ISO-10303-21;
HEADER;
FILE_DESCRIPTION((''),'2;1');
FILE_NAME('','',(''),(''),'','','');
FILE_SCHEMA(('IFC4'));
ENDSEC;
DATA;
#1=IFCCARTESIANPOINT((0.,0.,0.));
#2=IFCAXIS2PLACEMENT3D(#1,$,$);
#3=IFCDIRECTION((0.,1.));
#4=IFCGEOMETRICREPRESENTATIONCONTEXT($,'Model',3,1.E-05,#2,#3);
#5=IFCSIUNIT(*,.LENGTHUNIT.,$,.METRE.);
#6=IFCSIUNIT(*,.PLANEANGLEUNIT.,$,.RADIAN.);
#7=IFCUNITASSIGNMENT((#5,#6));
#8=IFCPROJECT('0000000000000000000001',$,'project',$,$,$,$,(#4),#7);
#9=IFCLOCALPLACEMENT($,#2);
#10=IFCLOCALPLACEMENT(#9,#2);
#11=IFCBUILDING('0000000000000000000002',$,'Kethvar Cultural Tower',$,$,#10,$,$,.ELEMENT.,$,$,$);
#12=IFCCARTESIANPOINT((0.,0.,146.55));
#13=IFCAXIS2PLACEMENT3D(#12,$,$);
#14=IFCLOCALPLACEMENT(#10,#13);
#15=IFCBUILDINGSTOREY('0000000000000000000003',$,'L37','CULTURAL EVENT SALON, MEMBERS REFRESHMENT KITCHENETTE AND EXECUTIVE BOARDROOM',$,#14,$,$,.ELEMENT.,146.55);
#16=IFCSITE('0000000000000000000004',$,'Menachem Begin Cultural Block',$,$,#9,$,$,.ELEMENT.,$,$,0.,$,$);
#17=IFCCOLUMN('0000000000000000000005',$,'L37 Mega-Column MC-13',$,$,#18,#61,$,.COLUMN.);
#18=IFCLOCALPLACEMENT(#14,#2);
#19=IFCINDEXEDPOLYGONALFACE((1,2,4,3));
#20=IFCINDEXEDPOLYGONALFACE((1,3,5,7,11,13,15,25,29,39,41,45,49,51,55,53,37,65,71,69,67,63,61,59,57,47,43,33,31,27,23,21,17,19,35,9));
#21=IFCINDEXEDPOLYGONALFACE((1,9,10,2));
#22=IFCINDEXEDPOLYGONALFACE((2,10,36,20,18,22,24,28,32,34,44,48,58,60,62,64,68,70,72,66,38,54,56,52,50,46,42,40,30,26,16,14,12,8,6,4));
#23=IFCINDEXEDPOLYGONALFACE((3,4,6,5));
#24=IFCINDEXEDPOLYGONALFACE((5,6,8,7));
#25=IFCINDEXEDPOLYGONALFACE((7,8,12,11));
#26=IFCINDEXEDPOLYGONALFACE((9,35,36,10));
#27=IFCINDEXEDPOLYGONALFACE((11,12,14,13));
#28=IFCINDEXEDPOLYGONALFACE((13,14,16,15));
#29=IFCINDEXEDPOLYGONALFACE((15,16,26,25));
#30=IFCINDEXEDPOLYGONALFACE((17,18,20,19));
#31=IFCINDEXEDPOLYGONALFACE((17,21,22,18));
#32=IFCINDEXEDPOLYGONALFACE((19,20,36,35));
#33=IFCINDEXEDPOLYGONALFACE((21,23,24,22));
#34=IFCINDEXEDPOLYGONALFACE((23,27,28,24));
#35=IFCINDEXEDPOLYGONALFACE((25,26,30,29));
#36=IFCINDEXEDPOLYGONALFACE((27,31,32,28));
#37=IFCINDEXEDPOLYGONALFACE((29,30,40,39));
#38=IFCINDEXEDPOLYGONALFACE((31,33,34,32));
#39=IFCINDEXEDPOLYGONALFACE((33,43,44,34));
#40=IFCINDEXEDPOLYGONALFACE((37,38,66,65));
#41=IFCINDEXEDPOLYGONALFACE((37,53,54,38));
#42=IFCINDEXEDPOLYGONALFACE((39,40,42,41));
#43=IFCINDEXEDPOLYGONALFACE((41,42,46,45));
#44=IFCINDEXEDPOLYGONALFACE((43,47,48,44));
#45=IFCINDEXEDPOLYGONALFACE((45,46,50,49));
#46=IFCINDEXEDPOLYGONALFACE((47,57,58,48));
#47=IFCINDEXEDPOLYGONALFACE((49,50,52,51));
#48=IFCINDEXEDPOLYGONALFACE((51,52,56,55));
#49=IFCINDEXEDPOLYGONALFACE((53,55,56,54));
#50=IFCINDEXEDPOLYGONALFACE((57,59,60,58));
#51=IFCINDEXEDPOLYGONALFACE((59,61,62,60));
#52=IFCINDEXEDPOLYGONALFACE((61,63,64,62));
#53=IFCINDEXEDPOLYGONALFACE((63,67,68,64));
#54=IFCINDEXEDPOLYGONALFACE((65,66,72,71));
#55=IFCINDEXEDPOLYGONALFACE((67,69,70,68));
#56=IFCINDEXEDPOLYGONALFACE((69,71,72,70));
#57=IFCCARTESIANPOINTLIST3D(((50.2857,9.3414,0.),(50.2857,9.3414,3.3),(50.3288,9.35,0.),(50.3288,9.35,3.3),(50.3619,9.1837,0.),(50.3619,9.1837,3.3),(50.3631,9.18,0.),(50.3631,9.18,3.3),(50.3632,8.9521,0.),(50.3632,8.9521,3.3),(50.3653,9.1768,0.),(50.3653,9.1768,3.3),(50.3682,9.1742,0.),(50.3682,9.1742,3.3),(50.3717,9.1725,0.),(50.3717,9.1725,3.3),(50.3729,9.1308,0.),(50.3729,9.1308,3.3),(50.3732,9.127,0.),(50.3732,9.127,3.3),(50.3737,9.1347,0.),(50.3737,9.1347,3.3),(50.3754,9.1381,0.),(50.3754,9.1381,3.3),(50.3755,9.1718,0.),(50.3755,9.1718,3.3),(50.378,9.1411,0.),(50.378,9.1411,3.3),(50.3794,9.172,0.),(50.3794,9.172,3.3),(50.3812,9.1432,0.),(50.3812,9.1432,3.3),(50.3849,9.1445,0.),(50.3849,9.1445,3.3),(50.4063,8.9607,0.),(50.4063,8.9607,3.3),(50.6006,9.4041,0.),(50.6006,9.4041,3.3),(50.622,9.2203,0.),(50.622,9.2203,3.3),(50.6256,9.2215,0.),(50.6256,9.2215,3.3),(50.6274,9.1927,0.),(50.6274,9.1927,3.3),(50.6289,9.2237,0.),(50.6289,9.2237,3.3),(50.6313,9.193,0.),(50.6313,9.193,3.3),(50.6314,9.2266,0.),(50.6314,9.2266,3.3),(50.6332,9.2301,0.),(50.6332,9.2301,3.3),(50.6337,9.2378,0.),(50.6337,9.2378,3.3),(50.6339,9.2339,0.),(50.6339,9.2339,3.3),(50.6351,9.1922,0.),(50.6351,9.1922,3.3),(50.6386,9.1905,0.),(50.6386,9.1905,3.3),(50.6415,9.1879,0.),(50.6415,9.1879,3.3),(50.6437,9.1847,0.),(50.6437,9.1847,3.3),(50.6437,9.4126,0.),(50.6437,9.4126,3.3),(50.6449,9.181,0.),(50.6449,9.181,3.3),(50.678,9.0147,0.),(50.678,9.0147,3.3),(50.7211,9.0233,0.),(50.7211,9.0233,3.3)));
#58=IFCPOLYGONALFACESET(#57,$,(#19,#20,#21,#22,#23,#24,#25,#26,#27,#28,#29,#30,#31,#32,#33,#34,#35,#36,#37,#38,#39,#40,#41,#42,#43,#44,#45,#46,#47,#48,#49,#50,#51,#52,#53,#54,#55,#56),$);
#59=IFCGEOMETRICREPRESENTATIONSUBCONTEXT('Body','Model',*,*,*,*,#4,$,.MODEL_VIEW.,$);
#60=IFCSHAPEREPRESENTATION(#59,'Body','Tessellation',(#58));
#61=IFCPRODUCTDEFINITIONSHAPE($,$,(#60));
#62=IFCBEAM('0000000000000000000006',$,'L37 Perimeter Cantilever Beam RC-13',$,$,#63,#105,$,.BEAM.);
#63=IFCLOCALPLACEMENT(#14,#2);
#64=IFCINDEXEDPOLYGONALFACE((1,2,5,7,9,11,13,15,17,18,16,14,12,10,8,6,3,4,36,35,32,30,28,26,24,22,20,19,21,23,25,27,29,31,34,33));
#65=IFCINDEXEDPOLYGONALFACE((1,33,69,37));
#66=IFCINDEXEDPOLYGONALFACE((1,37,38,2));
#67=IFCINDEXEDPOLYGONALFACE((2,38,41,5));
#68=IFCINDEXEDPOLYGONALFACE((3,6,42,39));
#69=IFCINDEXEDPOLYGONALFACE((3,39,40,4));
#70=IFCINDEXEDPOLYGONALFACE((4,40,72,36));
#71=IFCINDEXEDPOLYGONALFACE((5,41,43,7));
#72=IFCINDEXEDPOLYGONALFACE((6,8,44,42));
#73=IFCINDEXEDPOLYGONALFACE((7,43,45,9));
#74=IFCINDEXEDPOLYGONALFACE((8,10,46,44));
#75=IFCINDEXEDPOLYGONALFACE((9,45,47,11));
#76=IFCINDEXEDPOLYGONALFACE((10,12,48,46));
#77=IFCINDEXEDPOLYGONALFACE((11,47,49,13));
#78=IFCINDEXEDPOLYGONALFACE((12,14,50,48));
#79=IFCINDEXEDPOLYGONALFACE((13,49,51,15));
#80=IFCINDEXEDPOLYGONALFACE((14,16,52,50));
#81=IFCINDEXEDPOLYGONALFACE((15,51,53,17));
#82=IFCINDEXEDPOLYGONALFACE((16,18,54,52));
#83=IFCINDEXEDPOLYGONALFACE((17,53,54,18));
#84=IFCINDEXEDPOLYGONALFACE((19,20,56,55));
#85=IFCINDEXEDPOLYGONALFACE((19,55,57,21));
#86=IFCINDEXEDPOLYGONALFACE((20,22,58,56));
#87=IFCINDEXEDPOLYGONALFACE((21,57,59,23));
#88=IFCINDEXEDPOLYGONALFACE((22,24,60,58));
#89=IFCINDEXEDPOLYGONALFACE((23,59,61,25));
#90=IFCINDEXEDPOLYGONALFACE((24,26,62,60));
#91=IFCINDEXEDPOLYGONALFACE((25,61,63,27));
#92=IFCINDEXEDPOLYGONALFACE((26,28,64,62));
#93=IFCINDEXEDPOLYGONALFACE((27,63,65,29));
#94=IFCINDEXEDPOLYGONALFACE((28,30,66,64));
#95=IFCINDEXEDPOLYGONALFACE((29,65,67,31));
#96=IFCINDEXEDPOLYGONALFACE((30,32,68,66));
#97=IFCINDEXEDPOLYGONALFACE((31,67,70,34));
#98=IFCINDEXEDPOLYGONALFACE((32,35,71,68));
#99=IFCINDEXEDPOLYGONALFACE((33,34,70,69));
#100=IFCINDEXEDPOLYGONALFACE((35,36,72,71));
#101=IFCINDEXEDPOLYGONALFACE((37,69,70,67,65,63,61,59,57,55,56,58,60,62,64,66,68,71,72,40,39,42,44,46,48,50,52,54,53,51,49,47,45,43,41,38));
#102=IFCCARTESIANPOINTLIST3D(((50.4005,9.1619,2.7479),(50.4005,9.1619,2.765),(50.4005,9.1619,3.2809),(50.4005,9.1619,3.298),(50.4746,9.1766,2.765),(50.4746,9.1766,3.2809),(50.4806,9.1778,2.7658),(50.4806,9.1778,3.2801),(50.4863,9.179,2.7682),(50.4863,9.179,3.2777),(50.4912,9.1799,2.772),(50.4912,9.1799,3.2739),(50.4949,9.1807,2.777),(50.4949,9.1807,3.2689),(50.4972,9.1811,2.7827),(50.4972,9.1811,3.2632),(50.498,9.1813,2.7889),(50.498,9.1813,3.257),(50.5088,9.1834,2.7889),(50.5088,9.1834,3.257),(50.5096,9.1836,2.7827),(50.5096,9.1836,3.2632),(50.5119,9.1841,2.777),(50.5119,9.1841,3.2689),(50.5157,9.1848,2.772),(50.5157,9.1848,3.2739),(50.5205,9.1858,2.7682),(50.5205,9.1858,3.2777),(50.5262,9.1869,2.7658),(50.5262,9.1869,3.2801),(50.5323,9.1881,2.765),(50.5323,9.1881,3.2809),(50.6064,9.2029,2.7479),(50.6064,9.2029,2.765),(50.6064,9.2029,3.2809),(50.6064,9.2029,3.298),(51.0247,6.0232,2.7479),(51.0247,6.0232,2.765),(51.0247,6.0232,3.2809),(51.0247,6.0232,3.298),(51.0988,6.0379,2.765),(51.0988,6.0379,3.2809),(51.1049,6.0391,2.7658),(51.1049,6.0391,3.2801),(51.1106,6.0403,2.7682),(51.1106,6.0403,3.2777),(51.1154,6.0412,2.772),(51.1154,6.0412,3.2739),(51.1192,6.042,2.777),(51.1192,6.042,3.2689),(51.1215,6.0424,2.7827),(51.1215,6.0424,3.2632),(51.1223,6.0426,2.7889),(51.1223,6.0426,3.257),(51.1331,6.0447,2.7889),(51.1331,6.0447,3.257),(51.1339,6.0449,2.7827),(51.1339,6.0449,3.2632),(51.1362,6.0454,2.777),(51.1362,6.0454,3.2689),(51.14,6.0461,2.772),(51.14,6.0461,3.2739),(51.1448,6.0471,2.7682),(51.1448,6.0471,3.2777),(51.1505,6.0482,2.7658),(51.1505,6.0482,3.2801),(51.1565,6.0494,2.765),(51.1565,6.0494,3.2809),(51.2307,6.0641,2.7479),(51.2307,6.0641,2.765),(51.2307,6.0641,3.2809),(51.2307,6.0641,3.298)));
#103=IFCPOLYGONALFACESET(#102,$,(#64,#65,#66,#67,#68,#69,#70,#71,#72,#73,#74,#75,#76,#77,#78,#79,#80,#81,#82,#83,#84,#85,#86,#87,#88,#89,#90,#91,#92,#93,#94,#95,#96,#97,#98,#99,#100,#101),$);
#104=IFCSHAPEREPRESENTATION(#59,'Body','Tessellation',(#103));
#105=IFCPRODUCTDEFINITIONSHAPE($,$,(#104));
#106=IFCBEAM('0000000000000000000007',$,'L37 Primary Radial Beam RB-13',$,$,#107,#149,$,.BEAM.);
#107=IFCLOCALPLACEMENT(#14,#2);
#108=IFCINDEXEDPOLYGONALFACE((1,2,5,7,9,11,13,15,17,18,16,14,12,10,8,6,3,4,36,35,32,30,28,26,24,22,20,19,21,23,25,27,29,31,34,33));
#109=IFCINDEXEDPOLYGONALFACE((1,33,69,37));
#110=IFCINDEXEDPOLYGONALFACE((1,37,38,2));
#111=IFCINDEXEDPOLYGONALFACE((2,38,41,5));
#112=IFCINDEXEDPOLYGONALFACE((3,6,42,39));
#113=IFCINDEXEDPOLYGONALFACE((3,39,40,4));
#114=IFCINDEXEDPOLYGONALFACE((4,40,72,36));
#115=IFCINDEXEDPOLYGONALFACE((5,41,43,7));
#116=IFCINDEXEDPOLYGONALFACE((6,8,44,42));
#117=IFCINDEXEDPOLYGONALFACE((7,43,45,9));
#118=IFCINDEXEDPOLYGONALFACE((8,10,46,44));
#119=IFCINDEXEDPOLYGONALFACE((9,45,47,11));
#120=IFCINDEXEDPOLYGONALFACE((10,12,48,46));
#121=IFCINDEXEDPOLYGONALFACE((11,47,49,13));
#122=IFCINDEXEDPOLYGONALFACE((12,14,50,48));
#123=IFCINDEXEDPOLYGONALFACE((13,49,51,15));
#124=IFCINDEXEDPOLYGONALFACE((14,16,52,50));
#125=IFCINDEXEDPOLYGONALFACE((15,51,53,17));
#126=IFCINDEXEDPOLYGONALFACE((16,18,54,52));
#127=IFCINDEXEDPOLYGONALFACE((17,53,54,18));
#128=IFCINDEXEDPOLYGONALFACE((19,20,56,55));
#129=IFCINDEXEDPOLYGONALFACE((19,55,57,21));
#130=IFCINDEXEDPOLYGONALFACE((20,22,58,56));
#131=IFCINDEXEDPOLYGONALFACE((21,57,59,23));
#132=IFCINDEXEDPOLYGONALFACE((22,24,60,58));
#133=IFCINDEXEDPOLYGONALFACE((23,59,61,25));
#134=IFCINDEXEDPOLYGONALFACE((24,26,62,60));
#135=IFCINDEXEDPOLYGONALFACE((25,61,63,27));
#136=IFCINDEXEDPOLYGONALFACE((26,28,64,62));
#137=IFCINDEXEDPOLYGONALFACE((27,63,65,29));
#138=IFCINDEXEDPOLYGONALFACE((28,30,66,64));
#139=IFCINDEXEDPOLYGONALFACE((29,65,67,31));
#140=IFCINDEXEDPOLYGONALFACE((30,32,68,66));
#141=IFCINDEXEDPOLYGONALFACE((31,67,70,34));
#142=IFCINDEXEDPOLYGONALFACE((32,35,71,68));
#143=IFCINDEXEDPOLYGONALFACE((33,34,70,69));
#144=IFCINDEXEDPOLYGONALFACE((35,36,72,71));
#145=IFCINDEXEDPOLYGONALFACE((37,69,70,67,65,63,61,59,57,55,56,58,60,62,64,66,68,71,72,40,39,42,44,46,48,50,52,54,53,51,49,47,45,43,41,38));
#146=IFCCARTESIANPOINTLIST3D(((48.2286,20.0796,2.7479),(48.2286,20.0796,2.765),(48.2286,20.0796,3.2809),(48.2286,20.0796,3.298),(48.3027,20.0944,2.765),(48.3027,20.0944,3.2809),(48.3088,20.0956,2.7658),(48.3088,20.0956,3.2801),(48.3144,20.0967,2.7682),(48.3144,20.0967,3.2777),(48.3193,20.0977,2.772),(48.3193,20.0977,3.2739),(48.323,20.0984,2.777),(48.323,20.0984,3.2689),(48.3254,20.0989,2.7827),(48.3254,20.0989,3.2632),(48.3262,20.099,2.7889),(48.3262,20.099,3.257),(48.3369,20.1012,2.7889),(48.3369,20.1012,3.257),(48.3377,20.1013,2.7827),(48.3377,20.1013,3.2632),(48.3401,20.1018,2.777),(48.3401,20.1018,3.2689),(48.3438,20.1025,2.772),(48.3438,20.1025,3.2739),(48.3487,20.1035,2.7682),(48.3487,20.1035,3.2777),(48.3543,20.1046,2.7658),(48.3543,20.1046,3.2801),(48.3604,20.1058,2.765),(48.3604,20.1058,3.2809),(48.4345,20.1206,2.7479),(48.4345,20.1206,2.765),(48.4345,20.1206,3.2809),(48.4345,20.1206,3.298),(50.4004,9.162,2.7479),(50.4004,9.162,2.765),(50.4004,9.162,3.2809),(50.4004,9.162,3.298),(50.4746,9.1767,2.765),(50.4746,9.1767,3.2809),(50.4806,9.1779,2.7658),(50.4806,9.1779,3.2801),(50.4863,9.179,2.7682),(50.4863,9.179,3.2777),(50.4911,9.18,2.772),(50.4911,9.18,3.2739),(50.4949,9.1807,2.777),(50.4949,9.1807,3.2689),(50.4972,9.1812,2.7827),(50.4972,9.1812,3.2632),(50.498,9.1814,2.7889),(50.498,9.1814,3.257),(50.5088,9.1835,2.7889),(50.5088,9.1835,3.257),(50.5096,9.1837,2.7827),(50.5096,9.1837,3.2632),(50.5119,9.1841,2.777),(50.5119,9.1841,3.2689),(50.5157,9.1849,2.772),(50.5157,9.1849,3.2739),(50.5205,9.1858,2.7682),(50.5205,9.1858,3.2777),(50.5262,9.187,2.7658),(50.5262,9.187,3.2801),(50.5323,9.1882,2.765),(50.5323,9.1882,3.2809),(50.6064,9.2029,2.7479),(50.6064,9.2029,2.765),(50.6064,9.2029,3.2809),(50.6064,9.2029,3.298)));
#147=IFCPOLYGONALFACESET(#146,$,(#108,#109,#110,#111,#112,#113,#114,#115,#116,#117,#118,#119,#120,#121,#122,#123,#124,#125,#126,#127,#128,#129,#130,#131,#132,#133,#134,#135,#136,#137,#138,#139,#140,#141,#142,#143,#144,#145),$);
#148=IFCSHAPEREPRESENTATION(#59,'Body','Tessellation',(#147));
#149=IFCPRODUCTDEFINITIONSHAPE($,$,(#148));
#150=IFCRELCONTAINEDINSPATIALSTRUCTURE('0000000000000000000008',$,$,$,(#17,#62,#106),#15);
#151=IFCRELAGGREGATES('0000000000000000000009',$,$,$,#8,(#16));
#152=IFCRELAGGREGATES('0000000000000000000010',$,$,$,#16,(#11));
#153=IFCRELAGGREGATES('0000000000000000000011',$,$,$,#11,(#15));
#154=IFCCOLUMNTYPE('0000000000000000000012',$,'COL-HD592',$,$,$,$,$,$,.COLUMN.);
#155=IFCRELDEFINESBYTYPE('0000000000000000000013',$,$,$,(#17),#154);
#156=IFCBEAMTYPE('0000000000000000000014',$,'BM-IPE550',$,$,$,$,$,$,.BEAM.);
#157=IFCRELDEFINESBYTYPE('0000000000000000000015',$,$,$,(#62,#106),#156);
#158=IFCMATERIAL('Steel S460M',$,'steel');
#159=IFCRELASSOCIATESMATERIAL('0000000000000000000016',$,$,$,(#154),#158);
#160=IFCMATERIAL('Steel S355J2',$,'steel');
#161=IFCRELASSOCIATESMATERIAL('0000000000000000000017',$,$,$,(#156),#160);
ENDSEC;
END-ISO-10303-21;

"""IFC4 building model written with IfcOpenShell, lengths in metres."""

from ifc_helpers import new_model, si_unit, direction, frame, origin, origin_2d, place, context, subcontext, project, spatial, i_section, extrude, source, transform, mapped, material, material_profile, profile_set, type_object, element, save


model = new_model("IFC4")

# Units and contexts
model_context = context("Model", 3, precision=1e-05, world=origin(), true_north=direction((0.0, 1.0)))
body_context = subcontext(model_context, "Body", "Model", "MODEL_VIEW")
ifc_project = project(units=[si_unit("LENGTHUNIT", "METRE"), si_unit("PLANEANGLEUNIT", "RADIAN")], contexts=[model_context])

# Site, building, storey
site_placement = place(None, origin())
site = spatial("IfcSite", under=ifc_project, at=site_placement, Name="Menachem Begin Cultural Block", CompositionType="ELEMENT", RefElevation=0.0)
building_placement = place(site_placement, origin())
building = spatial("IfcBuilding", under=site, at=building_placement, Name="Kethvar Cultural Tower", CompositionType="ELEMENT")
storey_placement = place(building_placement, frame((0.0, 0.0, 146.55)))
storey = spatial("IfcBuildingStorey", under=building, at=storey_placement, Name="L37", Description="CULTURAL EVENT SALON, MEMBERS REFRESHMENT KITCHENETTE AND EXECUTIVE BOARDROOM", CompositionType="ELEMENT", Elevation=146.55)

# Column
ifc_material_1 = material(Name="Steel S460M", Category="steel")
ifc_material_profile_1 = material_profile(ifc_material_1, i_section(OverallWidth=0.397, OverallDepth=0.365, WebThickness=0.0281, FlangeThickness=0.0439, FilletRadius=0.0149, at=origin_2d()), Name="Steel S460M — HD400x592")
ifc_profile_set_1 = profile_set([ifc_material_profile_1], Name="Steel S460M — HD400x592")
column_type = type_object("IfcColumnType", Name="COL-HD592", PredefinedType="COLUMN", material=ifc_profile_set_1)
shared_shape_1 = source(origin(), body_context, "Body", "SweptSolid", [
    extrude(i_section(OverallWidth=0.397, OverallDepth=0.365, WebThickness=0.0281, FlangeThickness=0.0439, FilletRadius=0.0149, at=origin_2d()), origin(), (0.0, 0.0, 1.0), 3.3),
])
column_placement = place(storey_placement, frame((50.5034, 9.1824, 0.0), z_axis=(0.0, 0.0, 1.0), x_axis=(0.19509, -0.980785, 0.0)))
element("IfcColumn", 1, at=column_placement, inside=storey, type_object=column_type, Name="L37 Mega-Column MC-13", PredefinedType="COLUMN", context=body_context, shape_type="MappedRepresentation", body=[
    mapped(shared_shape_1, transform((0.0, 0.0, 0.0), scale=1.0)),
])

# Beams
ifc_material_2 = material(Name="Steel S355J2", Category="steel")
ifc_material_profile_2 = material_profile(ifc_material_2, i_section(OverallWidth=0.21, OverallDepth=0.55, WebThickness=0.011, FlangeThickness=0.0171, FilletRadius=0.0239, at=origin_2d()), Name="Steel S355J2 — IPE550")
ifc_profile_set_2 = profile_set([ifc_material_profile_2], Name="Steel S355J2 — IPE550")
beam_type_1 = type_object("IfcBeamType", Name="BM-IPE550", PredefinedType="BEAM", material=ifc_profile_set_2)
shared_shape_2 = source(origin(), body_context, "Body", "SweptSolid", [
    extrude(i_section(OverallWidth=0.21, OverallDepth=0.55, WebThickness=0.011, FlangeThickness=0.0171, FilletRadius=0.0239, at=origin_2d()), origin(), (0.0, 0.0, 1.0), 3.2002),
])
beam_1_placement = place(storey_placement, frame((50.5034, 9.1824, 3.0229), z_axis=(0.195074, -0.980788, 0.0), x_axis=(0.980788, 0.195074, 0.0)))
element("IfcBeam", 2, at=beam_1_placement, inside=storey, type_object=beam_type_1, Name="L37 Perimeter Cantilever Beam RC-13", PredefinedType="BEAM", context=body_context, shape_type="MappedRepresentation", body=[
    mapped(shared_shape_2, transform((0.0, 0.0, 0.0), scale=1.0)),
])
shared_shape_3 = source(origin(), body_context, "Body", "SweptSolid", [
    extrude(i_section(OverallWidth=0.21, OverallDepth=0.55, WebThickness=0.011, FlangeThickness=0.0171, FilletRadius=0.0239, at=origin_2d()), origin(), (0.0, 0.0, 1.0), 11.1316),
])
beam_2_placement = place(storey_placement, frame((48.3315, 20.1001, 3.0229), z_axis=(0.195108, -0.980782, 0.0), x_axis=(0.980782, 0.195108, 0.0)))
element("IfcBeam", 3, at=beam_2_placement, inside=storey, type_object=beam_type_1, Name="L37 Primary Radial Beam RB-13", PredefinedType="BEAM", context=body_context, shape_type="MappedRepresentation", body=[
    mapped(shared_shape_3, transform((0.0, 0.0, 0.0), scale=1.0)),
])

save(model, "model.ifc")
